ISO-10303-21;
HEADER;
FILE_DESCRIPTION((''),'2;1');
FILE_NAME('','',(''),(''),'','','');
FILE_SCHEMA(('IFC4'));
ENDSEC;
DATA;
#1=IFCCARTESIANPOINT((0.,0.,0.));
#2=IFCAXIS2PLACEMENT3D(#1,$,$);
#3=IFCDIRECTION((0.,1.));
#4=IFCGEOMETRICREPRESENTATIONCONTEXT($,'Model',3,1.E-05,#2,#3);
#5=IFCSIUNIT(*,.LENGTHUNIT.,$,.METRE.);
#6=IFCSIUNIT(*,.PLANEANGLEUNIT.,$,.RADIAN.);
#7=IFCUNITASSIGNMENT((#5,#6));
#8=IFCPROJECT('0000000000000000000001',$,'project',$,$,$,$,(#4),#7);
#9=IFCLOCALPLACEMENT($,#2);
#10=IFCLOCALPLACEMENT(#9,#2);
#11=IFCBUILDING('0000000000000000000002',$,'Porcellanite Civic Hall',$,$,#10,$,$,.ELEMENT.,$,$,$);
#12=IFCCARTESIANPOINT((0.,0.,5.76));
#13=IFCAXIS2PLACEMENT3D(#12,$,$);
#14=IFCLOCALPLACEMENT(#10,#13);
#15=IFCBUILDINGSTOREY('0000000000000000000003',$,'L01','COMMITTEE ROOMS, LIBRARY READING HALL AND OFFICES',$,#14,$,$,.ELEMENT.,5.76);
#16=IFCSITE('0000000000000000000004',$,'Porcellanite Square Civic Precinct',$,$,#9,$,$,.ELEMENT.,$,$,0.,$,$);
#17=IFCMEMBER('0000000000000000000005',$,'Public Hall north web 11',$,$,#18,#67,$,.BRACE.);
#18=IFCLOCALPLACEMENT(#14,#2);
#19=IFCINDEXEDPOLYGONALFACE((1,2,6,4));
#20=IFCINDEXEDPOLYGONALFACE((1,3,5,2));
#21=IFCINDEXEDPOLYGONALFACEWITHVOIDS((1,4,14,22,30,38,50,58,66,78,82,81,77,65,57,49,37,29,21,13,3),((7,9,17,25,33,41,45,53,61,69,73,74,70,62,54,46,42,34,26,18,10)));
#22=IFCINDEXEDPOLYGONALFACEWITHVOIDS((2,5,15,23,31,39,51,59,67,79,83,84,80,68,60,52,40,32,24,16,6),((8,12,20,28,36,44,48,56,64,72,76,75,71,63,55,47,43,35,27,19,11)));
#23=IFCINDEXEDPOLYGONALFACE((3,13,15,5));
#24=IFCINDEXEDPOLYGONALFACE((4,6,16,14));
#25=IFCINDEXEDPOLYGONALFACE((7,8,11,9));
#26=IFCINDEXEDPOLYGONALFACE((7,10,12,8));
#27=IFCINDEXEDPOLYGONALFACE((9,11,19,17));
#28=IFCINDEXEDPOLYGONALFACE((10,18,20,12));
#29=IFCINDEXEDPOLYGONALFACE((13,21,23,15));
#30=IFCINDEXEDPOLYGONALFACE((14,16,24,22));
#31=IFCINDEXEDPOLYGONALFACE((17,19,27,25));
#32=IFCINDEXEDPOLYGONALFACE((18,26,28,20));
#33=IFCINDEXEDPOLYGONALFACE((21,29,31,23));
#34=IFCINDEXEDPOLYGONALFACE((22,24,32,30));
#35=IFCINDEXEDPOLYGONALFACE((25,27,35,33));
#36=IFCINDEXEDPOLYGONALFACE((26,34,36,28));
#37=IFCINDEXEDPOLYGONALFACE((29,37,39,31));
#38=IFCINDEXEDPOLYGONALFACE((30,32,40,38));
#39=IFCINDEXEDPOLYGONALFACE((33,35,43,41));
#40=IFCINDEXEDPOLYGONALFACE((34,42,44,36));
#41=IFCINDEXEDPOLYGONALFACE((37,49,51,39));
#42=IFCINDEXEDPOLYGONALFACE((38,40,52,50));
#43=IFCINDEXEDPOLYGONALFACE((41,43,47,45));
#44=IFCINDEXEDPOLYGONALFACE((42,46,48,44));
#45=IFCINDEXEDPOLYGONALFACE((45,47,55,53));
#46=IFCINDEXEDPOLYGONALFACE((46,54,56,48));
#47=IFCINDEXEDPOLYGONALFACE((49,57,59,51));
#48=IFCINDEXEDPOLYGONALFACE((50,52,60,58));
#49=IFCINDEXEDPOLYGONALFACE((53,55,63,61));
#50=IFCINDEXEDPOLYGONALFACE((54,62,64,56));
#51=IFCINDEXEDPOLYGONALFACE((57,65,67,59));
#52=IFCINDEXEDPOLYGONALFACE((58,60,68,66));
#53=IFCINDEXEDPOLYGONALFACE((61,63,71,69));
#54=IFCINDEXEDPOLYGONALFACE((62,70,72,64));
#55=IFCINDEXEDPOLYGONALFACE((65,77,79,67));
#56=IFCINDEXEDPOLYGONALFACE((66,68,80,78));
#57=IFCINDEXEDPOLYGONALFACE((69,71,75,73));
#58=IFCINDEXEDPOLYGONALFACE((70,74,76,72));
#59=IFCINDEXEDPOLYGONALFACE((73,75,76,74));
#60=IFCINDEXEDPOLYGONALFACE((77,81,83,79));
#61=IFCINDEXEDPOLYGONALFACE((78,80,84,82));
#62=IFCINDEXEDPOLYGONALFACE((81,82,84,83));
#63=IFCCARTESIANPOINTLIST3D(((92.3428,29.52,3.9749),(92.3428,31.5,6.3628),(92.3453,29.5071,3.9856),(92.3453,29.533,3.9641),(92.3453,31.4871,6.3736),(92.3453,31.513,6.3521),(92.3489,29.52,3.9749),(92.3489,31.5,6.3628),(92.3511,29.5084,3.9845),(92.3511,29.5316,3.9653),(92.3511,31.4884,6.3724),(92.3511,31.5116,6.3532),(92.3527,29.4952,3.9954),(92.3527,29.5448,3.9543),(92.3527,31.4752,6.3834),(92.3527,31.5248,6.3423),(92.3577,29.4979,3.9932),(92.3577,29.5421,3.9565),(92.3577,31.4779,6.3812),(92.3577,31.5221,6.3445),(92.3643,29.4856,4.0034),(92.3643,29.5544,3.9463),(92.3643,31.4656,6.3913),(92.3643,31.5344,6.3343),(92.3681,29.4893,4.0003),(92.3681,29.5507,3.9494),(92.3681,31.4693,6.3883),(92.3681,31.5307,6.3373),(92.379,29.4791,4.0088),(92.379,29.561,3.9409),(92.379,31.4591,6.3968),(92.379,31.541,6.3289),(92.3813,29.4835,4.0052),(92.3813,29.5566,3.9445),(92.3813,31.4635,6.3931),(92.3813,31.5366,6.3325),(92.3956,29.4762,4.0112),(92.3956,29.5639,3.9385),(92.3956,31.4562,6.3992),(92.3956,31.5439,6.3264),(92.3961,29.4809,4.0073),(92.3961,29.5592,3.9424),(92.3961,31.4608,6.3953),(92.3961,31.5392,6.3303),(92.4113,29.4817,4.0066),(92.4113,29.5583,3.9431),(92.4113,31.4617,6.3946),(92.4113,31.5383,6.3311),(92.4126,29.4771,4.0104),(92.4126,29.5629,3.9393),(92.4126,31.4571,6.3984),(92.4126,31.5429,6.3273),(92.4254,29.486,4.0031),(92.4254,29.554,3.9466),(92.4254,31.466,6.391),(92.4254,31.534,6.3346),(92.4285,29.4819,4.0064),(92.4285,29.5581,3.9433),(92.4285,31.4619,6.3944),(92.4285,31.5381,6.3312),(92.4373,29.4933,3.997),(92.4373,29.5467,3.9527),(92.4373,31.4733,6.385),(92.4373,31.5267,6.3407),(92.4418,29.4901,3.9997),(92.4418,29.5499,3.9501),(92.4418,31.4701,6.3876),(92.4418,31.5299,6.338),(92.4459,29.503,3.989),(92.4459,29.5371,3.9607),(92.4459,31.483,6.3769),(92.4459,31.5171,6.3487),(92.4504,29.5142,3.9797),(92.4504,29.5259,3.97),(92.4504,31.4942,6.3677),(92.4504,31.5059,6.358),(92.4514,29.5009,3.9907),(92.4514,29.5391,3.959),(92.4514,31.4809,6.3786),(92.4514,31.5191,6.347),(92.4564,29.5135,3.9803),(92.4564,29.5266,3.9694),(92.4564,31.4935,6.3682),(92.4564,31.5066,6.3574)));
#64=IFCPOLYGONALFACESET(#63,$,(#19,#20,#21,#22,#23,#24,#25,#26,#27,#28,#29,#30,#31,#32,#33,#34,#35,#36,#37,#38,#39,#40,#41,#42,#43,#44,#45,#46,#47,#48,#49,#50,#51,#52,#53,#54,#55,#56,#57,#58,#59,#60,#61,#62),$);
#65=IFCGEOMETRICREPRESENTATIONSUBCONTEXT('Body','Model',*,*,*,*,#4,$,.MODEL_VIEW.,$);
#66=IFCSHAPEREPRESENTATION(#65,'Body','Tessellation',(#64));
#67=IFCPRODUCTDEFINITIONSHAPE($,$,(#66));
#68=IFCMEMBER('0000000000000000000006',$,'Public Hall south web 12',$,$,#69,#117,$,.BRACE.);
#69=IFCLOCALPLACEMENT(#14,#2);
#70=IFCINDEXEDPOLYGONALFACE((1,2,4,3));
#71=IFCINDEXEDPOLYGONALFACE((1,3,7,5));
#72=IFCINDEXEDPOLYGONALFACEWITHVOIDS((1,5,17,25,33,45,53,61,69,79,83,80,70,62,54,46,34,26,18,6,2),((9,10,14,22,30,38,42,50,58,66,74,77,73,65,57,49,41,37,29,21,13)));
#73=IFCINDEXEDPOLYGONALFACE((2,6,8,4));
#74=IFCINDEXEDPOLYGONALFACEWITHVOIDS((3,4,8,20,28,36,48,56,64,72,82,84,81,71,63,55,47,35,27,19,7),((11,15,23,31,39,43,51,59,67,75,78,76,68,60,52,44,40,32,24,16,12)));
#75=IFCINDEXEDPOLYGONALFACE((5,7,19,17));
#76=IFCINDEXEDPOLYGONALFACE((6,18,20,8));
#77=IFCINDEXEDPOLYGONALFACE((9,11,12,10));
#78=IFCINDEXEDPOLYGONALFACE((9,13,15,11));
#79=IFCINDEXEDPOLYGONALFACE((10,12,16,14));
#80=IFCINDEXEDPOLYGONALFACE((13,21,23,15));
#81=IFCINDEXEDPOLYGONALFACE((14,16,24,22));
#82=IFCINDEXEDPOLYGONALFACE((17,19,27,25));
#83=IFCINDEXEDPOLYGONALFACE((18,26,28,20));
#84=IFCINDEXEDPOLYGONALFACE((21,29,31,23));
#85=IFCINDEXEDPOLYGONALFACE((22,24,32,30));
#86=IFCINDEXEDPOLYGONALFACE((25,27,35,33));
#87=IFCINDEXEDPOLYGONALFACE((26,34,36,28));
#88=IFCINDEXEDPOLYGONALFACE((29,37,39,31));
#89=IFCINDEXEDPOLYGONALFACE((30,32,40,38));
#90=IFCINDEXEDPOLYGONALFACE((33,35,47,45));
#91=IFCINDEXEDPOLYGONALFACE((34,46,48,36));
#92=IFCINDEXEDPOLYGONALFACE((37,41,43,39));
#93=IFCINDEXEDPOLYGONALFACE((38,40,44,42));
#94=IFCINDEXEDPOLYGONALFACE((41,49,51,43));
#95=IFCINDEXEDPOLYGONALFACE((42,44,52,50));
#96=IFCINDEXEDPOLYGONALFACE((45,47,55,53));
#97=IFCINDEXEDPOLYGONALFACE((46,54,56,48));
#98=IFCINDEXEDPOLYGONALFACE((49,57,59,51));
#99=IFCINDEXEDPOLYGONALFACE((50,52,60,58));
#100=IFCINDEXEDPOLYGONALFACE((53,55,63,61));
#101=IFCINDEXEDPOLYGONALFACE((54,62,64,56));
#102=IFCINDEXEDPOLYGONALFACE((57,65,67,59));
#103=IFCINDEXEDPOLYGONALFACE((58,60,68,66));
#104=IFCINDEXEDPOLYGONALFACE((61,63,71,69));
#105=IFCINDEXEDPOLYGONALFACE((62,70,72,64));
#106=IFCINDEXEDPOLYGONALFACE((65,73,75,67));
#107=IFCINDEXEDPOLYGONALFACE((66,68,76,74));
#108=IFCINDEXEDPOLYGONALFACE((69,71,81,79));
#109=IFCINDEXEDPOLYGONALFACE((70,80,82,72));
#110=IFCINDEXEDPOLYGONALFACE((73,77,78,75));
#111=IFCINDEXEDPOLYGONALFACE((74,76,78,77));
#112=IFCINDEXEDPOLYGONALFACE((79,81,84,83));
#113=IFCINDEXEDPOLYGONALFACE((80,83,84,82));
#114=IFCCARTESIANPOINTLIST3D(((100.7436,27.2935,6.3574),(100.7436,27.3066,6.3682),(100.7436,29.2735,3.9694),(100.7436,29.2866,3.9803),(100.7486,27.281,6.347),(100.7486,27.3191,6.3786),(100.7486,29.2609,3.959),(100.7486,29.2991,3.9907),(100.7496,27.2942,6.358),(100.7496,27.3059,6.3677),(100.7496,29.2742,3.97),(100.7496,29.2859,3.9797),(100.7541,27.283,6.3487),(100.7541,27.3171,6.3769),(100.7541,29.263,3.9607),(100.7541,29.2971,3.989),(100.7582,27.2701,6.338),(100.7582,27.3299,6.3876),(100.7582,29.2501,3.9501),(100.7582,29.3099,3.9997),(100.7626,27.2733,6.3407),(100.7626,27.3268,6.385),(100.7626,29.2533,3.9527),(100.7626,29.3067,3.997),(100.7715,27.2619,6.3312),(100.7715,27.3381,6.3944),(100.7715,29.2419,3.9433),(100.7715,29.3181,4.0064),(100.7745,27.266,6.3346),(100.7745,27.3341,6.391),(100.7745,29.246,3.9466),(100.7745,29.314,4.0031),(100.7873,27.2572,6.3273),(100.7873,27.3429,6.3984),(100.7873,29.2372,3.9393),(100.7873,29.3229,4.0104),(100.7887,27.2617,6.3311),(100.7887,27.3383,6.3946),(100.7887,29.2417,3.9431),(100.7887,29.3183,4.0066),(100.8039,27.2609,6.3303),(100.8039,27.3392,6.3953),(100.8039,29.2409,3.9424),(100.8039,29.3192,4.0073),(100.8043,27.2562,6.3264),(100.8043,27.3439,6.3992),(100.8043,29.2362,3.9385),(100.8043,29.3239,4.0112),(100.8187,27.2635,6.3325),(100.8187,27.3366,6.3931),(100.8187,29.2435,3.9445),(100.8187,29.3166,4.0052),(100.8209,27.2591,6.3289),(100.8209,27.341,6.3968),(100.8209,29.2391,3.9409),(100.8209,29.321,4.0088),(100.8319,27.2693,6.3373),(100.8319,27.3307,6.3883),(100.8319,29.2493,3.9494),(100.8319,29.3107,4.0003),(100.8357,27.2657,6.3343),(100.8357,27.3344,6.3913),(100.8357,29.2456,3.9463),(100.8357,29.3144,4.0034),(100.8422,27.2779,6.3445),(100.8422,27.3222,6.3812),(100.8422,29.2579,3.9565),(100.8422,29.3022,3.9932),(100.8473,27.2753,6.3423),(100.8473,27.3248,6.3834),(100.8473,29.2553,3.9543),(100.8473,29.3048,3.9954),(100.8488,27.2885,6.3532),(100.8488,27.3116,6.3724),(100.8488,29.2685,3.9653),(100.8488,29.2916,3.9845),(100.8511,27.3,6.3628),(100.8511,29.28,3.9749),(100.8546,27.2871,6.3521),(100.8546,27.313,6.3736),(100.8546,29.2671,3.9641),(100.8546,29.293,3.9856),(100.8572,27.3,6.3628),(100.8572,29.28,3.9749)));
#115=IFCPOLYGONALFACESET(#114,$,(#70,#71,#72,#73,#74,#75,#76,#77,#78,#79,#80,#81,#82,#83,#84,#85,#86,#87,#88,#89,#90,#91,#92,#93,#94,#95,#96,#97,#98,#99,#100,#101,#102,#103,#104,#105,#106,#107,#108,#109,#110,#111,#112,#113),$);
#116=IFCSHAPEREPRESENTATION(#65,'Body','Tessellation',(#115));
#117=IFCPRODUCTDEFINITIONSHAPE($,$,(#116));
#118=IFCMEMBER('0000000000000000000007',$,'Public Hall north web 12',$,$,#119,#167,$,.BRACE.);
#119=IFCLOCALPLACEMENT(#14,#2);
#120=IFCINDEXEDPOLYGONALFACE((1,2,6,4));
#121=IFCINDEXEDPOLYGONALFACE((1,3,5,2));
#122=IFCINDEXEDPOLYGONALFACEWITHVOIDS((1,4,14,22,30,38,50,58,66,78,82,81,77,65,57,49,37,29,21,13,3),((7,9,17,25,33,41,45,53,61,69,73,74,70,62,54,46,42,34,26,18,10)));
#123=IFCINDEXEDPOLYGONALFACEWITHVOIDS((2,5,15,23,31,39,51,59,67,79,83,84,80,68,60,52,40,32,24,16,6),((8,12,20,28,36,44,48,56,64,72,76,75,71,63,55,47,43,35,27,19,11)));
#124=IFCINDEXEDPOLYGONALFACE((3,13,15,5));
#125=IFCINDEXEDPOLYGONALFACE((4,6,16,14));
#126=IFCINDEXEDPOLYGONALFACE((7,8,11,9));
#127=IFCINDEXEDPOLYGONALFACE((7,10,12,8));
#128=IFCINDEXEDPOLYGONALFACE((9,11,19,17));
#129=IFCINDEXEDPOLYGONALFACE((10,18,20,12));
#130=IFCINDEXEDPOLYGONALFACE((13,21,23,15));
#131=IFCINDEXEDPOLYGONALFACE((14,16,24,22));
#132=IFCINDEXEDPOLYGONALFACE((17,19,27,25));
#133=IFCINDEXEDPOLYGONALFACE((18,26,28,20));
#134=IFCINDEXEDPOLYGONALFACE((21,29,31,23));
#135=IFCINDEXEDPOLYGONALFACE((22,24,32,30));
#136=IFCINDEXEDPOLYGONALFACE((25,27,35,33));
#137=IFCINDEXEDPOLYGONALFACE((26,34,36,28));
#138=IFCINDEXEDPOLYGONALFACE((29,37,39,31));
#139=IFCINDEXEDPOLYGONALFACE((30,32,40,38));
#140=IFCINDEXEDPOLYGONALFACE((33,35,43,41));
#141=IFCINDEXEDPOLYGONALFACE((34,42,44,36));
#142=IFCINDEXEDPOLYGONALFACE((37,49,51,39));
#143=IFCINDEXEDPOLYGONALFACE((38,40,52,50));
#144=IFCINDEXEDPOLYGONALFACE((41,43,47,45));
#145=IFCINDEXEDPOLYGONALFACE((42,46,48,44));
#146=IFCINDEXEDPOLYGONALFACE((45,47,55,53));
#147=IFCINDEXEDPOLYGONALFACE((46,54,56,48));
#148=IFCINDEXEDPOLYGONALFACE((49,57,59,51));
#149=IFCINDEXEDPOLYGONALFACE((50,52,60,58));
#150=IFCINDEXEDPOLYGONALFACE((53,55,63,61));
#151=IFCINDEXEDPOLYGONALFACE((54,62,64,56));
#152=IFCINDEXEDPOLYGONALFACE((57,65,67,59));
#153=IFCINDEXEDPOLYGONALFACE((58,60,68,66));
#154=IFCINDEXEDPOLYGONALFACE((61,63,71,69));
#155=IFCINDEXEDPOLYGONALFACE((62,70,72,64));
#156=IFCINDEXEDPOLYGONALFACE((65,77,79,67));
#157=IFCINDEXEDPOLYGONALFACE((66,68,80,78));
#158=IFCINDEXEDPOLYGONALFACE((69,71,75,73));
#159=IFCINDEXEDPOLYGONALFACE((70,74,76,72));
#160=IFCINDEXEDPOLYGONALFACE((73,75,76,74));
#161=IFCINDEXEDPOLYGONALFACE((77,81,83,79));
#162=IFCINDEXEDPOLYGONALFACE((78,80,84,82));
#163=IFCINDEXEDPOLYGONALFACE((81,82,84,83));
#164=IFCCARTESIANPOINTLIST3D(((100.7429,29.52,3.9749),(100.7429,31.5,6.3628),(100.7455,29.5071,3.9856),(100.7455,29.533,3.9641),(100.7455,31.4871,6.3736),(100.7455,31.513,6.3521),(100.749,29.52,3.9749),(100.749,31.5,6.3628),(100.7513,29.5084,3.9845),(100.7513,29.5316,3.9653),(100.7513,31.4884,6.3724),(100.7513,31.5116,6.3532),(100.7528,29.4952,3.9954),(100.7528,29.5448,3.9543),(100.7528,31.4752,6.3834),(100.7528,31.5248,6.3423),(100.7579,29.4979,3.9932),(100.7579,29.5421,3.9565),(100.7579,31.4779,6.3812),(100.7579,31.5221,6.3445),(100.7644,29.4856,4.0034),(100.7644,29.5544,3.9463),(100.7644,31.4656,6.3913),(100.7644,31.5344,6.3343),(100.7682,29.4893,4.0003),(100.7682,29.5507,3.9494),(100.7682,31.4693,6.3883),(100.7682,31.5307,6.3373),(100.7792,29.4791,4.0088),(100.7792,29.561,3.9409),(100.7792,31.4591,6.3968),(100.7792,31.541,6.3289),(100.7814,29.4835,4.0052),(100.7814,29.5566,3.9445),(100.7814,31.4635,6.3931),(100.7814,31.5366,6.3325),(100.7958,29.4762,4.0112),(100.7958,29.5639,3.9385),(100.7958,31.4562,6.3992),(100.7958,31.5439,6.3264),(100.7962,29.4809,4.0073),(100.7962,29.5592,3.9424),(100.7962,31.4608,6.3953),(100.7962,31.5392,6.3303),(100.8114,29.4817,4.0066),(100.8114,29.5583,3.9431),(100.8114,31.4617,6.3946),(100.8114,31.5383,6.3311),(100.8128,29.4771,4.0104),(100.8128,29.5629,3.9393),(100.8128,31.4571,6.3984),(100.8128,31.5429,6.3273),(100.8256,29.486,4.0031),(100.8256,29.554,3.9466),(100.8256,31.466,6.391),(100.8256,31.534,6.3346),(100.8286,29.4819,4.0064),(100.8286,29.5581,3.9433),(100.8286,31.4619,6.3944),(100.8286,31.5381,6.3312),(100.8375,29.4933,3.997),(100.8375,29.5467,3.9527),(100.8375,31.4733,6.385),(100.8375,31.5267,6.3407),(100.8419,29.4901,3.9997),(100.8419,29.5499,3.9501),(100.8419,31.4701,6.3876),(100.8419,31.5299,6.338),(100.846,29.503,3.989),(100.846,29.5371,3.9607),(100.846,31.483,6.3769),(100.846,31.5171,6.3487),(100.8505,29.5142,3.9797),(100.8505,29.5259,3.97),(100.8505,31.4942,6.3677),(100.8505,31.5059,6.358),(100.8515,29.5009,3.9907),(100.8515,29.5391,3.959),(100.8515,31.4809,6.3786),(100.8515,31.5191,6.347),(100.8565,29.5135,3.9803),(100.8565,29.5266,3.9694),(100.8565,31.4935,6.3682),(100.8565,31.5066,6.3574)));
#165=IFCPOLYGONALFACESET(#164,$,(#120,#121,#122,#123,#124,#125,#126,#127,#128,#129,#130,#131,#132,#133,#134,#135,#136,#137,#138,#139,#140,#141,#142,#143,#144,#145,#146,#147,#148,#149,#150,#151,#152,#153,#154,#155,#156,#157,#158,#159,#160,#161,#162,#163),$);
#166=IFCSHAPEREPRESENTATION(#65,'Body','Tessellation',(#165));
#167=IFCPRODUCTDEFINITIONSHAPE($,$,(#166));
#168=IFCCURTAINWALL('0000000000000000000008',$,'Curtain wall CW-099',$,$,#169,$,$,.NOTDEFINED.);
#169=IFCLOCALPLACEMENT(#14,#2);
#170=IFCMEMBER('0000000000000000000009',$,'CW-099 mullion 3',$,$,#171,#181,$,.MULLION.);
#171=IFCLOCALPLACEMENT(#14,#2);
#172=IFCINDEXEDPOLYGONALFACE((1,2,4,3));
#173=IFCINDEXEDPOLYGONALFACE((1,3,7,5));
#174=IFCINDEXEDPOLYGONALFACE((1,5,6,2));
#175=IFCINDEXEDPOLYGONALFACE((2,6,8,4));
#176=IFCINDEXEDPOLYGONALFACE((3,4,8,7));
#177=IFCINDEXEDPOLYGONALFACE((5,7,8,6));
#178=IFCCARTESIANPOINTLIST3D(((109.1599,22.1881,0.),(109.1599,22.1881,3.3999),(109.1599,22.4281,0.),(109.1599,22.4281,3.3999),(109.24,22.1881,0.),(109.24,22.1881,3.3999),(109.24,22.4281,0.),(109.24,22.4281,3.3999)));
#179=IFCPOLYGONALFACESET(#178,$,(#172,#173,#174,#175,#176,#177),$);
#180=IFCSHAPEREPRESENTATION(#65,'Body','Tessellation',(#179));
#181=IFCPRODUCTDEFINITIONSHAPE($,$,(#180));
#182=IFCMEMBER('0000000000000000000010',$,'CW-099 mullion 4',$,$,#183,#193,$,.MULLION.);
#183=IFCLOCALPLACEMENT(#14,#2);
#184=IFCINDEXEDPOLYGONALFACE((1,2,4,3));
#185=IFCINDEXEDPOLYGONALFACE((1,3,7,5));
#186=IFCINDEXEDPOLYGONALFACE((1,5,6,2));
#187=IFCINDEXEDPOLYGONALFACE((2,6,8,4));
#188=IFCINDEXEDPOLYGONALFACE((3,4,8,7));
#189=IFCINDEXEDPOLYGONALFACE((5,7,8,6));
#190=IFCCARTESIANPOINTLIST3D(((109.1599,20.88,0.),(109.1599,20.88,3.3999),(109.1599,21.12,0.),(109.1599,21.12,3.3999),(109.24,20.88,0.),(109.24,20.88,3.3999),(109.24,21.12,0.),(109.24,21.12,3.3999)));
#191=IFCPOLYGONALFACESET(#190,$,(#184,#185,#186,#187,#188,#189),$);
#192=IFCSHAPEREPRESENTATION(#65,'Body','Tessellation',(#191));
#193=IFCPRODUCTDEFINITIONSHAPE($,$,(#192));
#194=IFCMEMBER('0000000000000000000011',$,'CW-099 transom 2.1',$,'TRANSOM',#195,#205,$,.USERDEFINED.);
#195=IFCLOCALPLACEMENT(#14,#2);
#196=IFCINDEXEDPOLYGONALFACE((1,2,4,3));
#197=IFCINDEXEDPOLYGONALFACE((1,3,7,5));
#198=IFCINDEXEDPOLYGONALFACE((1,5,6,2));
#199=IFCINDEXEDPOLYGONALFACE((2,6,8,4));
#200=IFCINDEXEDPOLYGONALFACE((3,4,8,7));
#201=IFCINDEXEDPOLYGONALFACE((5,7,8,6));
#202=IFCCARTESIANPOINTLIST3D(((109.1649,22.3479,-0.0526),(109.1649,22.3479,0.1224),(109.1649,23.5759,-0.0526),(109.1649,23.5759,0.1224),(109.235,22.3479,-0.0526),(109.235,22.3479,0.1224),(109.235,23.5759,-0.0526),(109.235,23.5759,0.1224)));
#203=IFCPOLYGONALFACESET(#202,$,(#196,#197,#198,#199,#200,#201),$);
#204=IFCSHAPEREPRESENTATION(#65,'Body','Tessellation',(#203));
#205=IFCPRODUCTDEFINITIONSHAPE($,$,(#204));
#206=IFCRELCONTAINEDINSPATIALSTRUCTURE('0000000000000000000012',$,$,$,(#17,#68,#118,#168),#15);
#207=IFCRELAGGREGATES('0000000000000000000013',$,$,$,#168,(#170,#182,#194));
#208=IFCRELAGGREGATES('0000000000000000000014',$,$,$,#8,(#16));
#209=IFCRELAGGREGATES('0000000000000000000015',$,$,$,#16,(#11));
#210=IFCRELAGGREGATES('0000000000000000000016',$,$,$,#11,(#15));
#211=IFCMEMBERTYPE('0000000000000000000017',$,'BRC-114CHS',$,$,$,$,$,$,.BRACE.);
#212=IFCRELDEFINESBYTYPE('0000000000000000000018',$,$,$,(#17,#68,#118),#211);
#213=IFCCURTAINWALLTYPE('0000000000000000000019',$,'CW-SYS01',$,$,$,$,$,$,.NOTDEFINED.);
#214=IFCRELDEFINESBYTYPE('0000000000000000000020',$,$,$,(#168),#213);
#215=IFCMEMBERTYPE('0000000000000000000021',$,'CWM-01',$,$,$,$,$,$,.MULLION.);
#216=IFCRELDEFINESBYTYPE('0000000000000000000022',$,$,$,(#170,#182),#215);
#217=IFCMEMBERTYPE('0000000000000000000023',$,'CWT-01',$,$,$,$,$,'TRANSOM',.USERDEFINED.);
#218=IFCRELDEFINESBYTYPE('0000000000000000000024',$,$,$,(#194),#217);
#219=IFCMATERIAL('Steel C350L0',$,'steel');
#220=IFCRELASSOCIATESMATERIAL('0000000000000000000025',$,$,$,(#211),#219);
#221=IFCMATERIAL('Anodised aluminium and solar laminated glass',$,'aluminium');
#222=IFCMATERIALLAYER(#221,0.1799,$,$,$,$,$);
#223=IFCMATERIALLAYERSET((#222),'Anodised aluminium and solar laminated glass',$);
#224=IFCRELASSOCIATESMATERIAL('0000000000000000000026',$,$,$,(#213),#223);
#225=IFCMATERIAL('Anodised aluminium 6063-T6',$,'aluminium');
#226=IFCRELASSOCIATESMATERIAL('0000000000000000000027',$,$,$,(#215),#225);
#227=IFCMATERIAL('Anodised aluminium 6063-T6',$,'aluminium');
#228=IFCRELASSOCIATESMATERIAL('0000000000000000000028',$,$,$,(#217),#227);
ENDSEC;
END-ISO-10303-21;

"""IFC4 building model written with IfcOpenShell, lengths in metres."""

from ifc_helpers import new_model, si_unit, direction, frame, origin, origin_2d, place, context, subcontext, project, spatial, rectangle, hollow_circle, extrude, material, layer, layer_set, material_profile, profile_set, type_object, element, aggregate, save


model = new_model("IFC4")

# Units and contexts
model_context = context("Model", 3, precision=1e-05, world=origin(), true_north=direction((0.0, 1.0)))
body_context = subcontext(model_context, "Body", "Model", "MODEL_VIEW")
ifc_project = project(units=[si_unit("LENGTHUNIT", "METRE"), si_unit("PLANEANGLEUNIT", "RADIAN")], contexts=[model_context])

# Site, building, storey
site_placement = place(None, origin())
site = spatial("IfcSite", under=ifc_project, at=site_placement, Name="Porcellanite Square Civic Precinct", CompositionType="ELEMENT", RefElevation=0.0)
building_placement = place(site_placement, origin())
building = spatial("IfcBuilding", under=site, at=building_placement, Name="Porcellanite Civic Hall", CompositionType="ELEMENT")
storey_placement = place(building_placement, frame((0.0, 0.0, 5.76)))
storey = spatial("IfcBuildingStorey", under=building, at=storey_placement, Name="L01", Description="COMMITTEE ROOMS, LIBRARY READING HALL AND OFFICES", CompositionType="ELEMENT", Elevation=5.76)

# Members
ifc_material_1 = material(Name="Steel C350L0", Category="steel")
ifc_material_profile_1 = material_profile(ifc_material_1, hollow_circle(Radius=0.0571, WallThickness=0.0061, at=origin_2d()), Name="114.3x6.0CHS")
ifc_profile_set_1 = profile_set([ifc_material_profile_1], Name="Steel C350L0")
member_type_1 = type_object("IfcMemberType", Name="BRC-114CHS", PredefinedType="BRACE", material=ifc_profile_set_1)
for number, where, z_axis, x_axis, name in (
    (1, (92.3999, 29.52, 3.9749), (0.0, 0.638286, 0.769799), (-1.0, 0.0, 0.0), "Public Hall north web 11"),
    (2, (100.8, 29.28, 3.9749), (0.0, -0.638286, 0.769799), (1.0, 0.0, 0.0), "Public Hall south web 12"),
    (3, (100.8, 29.52, 3.9749), (0.0, 0.638286, 0.769799), (-1.0, 0.0, 0.0), "Public Hall north web 12"),
):
    element("IfcMember", number, at=place(storey_placement, frame(where, z_axis=z_axis, x_axis=x_axis)), inside=storey, type_object=member_type_1, Name=name, PredefinedType="BRACE", context=body_context, shape_type="SweptSolid", body=[
        extrude(hollow_circle(Radius=0.0571, WallThickness=0.0061, at=origin_2d()), origin(), (0.0, 0.0, 1.0), 3.1021),
    ])

# Curtain wall, members
ifc_material_2 = material(Name="Anodised aluminium and solar laminated glass", Category="aluminium")
ifc_layer_1 = layer(ifc_material_2, 0.1799)
ifc_layer_set_1 = layer_set([ifc_layer_1], Name="Anodised aluminium and solar laminated glass")
curtain_wall_type = type_object("IfcCurtainWallType", Name="CW-SYS01", PredefinedType="NOTDEFINED", material=ifc_layer_set_1)
curtain_wall_placement = place(storey_placement, origin())
curtain_wall = element("IfcCurtainWall", 4, at=curtain_wall_placement, inside=storey, type_object=curtain_wall_type, Name="Curtain wall CW-099", PredefinedType="NOTDEFINED")
ifc_material_3 = material(Name="Anodised aluminium 6063-T6", Category="aluminium")
ifc_material_profile_2 = material_profile(ifc_material_3, rectangle(XDim=0.0801, YDim=0.24, at=origin_2d()), Name="AL-80x240")
ifc_profile_set_2 = profile_set([ifc_material_profile_2], Name="Anodised aluminium 6063-T6")
member_type_2 = type_object("IfcMemberType", Name="CWM-01", PredefinedType="MULLION", material=ifc_profile_set_2)
member_1_placement = place(storey_placement, frame((109.2, 22.3081, 0.0), z_axis=(0.0, 0.0, 1.0), x_axis=(1.0, 0.0, 0.0)))
member_1 = element("IfcMember", 5, at=member_1_placement, type_object=member_type_2, Name="CW-099 mullion 3", PredefinedType="MULLION", context=body_context, shape_type="SweptSolid", body=[
    extrude(rectangle(XDim=0.0801, YDim=0.24, at=origin_2d()), origin(), (0.0, 0.0, 1.0), 3.3999),
])
member_2_placement = place(storey_placement, frame((109.2, 21.0, 0.0), z_axis=(0.0, 0.0, 1.0), x_axis=(1.0, 0.0, 0.0)))
member_2 = element("IfcMember", 6, at=member_2_placement, type_object=member_type_2, Name="CW-099 mullion 4", PredefinedType="MULLION", context=body_context, shape_type="SweptSolid", body=[
    extrude(rectangle(XDim=0.0801, YDim=0.24, at=origin_2d()), origin(), (0.0, 0.0, 1.0), 3.3999),
])
ifc_material_4 = material(Name="Anodised aluminium 6063-T6", Category="aluminium")
ifc_material_profile_3 = material_profile(ifc_material_4, rectangle(XDim=0.0701, YDim=0.175, at=origin_2d()), Name="AL-70x175")
ifc_profile_set_3 = profile_set([ifc_material_profile_3], Name="Anodised aluminium 6063-T6")
member_type_3 = type_object("IfcMemberType", Name="CWT-01", ElementType="TRANSOM", PredefinedType="USERDEFINED", material=ifc_profile_set_3)
member_3_placement = place(storey_placement, frame((109.2, 23.5759, 0.0349), z_axis=(0.0, -1.0, 0.0), x_axis=(1.0, 0.0, 0.0)))
member_3 = element("IfcMember", 7, at=member_3_placement, type_object=member_type_3, Name="CW-099 transom 2.1", ObjectType="TRANSOM", PredefinedType="USERDEFINED", context=body_context, shape_type="SweptSolid", body=[
    extrude(rectangle(XDim=0.0701, YDim=0.175, at=origin_2d()), origin(), (0.0, 0.0, 1.0), 1.228),
])

aggregate(curtain_wall, [member_1, member_2, member_3])

save(model, "model.ifc")
